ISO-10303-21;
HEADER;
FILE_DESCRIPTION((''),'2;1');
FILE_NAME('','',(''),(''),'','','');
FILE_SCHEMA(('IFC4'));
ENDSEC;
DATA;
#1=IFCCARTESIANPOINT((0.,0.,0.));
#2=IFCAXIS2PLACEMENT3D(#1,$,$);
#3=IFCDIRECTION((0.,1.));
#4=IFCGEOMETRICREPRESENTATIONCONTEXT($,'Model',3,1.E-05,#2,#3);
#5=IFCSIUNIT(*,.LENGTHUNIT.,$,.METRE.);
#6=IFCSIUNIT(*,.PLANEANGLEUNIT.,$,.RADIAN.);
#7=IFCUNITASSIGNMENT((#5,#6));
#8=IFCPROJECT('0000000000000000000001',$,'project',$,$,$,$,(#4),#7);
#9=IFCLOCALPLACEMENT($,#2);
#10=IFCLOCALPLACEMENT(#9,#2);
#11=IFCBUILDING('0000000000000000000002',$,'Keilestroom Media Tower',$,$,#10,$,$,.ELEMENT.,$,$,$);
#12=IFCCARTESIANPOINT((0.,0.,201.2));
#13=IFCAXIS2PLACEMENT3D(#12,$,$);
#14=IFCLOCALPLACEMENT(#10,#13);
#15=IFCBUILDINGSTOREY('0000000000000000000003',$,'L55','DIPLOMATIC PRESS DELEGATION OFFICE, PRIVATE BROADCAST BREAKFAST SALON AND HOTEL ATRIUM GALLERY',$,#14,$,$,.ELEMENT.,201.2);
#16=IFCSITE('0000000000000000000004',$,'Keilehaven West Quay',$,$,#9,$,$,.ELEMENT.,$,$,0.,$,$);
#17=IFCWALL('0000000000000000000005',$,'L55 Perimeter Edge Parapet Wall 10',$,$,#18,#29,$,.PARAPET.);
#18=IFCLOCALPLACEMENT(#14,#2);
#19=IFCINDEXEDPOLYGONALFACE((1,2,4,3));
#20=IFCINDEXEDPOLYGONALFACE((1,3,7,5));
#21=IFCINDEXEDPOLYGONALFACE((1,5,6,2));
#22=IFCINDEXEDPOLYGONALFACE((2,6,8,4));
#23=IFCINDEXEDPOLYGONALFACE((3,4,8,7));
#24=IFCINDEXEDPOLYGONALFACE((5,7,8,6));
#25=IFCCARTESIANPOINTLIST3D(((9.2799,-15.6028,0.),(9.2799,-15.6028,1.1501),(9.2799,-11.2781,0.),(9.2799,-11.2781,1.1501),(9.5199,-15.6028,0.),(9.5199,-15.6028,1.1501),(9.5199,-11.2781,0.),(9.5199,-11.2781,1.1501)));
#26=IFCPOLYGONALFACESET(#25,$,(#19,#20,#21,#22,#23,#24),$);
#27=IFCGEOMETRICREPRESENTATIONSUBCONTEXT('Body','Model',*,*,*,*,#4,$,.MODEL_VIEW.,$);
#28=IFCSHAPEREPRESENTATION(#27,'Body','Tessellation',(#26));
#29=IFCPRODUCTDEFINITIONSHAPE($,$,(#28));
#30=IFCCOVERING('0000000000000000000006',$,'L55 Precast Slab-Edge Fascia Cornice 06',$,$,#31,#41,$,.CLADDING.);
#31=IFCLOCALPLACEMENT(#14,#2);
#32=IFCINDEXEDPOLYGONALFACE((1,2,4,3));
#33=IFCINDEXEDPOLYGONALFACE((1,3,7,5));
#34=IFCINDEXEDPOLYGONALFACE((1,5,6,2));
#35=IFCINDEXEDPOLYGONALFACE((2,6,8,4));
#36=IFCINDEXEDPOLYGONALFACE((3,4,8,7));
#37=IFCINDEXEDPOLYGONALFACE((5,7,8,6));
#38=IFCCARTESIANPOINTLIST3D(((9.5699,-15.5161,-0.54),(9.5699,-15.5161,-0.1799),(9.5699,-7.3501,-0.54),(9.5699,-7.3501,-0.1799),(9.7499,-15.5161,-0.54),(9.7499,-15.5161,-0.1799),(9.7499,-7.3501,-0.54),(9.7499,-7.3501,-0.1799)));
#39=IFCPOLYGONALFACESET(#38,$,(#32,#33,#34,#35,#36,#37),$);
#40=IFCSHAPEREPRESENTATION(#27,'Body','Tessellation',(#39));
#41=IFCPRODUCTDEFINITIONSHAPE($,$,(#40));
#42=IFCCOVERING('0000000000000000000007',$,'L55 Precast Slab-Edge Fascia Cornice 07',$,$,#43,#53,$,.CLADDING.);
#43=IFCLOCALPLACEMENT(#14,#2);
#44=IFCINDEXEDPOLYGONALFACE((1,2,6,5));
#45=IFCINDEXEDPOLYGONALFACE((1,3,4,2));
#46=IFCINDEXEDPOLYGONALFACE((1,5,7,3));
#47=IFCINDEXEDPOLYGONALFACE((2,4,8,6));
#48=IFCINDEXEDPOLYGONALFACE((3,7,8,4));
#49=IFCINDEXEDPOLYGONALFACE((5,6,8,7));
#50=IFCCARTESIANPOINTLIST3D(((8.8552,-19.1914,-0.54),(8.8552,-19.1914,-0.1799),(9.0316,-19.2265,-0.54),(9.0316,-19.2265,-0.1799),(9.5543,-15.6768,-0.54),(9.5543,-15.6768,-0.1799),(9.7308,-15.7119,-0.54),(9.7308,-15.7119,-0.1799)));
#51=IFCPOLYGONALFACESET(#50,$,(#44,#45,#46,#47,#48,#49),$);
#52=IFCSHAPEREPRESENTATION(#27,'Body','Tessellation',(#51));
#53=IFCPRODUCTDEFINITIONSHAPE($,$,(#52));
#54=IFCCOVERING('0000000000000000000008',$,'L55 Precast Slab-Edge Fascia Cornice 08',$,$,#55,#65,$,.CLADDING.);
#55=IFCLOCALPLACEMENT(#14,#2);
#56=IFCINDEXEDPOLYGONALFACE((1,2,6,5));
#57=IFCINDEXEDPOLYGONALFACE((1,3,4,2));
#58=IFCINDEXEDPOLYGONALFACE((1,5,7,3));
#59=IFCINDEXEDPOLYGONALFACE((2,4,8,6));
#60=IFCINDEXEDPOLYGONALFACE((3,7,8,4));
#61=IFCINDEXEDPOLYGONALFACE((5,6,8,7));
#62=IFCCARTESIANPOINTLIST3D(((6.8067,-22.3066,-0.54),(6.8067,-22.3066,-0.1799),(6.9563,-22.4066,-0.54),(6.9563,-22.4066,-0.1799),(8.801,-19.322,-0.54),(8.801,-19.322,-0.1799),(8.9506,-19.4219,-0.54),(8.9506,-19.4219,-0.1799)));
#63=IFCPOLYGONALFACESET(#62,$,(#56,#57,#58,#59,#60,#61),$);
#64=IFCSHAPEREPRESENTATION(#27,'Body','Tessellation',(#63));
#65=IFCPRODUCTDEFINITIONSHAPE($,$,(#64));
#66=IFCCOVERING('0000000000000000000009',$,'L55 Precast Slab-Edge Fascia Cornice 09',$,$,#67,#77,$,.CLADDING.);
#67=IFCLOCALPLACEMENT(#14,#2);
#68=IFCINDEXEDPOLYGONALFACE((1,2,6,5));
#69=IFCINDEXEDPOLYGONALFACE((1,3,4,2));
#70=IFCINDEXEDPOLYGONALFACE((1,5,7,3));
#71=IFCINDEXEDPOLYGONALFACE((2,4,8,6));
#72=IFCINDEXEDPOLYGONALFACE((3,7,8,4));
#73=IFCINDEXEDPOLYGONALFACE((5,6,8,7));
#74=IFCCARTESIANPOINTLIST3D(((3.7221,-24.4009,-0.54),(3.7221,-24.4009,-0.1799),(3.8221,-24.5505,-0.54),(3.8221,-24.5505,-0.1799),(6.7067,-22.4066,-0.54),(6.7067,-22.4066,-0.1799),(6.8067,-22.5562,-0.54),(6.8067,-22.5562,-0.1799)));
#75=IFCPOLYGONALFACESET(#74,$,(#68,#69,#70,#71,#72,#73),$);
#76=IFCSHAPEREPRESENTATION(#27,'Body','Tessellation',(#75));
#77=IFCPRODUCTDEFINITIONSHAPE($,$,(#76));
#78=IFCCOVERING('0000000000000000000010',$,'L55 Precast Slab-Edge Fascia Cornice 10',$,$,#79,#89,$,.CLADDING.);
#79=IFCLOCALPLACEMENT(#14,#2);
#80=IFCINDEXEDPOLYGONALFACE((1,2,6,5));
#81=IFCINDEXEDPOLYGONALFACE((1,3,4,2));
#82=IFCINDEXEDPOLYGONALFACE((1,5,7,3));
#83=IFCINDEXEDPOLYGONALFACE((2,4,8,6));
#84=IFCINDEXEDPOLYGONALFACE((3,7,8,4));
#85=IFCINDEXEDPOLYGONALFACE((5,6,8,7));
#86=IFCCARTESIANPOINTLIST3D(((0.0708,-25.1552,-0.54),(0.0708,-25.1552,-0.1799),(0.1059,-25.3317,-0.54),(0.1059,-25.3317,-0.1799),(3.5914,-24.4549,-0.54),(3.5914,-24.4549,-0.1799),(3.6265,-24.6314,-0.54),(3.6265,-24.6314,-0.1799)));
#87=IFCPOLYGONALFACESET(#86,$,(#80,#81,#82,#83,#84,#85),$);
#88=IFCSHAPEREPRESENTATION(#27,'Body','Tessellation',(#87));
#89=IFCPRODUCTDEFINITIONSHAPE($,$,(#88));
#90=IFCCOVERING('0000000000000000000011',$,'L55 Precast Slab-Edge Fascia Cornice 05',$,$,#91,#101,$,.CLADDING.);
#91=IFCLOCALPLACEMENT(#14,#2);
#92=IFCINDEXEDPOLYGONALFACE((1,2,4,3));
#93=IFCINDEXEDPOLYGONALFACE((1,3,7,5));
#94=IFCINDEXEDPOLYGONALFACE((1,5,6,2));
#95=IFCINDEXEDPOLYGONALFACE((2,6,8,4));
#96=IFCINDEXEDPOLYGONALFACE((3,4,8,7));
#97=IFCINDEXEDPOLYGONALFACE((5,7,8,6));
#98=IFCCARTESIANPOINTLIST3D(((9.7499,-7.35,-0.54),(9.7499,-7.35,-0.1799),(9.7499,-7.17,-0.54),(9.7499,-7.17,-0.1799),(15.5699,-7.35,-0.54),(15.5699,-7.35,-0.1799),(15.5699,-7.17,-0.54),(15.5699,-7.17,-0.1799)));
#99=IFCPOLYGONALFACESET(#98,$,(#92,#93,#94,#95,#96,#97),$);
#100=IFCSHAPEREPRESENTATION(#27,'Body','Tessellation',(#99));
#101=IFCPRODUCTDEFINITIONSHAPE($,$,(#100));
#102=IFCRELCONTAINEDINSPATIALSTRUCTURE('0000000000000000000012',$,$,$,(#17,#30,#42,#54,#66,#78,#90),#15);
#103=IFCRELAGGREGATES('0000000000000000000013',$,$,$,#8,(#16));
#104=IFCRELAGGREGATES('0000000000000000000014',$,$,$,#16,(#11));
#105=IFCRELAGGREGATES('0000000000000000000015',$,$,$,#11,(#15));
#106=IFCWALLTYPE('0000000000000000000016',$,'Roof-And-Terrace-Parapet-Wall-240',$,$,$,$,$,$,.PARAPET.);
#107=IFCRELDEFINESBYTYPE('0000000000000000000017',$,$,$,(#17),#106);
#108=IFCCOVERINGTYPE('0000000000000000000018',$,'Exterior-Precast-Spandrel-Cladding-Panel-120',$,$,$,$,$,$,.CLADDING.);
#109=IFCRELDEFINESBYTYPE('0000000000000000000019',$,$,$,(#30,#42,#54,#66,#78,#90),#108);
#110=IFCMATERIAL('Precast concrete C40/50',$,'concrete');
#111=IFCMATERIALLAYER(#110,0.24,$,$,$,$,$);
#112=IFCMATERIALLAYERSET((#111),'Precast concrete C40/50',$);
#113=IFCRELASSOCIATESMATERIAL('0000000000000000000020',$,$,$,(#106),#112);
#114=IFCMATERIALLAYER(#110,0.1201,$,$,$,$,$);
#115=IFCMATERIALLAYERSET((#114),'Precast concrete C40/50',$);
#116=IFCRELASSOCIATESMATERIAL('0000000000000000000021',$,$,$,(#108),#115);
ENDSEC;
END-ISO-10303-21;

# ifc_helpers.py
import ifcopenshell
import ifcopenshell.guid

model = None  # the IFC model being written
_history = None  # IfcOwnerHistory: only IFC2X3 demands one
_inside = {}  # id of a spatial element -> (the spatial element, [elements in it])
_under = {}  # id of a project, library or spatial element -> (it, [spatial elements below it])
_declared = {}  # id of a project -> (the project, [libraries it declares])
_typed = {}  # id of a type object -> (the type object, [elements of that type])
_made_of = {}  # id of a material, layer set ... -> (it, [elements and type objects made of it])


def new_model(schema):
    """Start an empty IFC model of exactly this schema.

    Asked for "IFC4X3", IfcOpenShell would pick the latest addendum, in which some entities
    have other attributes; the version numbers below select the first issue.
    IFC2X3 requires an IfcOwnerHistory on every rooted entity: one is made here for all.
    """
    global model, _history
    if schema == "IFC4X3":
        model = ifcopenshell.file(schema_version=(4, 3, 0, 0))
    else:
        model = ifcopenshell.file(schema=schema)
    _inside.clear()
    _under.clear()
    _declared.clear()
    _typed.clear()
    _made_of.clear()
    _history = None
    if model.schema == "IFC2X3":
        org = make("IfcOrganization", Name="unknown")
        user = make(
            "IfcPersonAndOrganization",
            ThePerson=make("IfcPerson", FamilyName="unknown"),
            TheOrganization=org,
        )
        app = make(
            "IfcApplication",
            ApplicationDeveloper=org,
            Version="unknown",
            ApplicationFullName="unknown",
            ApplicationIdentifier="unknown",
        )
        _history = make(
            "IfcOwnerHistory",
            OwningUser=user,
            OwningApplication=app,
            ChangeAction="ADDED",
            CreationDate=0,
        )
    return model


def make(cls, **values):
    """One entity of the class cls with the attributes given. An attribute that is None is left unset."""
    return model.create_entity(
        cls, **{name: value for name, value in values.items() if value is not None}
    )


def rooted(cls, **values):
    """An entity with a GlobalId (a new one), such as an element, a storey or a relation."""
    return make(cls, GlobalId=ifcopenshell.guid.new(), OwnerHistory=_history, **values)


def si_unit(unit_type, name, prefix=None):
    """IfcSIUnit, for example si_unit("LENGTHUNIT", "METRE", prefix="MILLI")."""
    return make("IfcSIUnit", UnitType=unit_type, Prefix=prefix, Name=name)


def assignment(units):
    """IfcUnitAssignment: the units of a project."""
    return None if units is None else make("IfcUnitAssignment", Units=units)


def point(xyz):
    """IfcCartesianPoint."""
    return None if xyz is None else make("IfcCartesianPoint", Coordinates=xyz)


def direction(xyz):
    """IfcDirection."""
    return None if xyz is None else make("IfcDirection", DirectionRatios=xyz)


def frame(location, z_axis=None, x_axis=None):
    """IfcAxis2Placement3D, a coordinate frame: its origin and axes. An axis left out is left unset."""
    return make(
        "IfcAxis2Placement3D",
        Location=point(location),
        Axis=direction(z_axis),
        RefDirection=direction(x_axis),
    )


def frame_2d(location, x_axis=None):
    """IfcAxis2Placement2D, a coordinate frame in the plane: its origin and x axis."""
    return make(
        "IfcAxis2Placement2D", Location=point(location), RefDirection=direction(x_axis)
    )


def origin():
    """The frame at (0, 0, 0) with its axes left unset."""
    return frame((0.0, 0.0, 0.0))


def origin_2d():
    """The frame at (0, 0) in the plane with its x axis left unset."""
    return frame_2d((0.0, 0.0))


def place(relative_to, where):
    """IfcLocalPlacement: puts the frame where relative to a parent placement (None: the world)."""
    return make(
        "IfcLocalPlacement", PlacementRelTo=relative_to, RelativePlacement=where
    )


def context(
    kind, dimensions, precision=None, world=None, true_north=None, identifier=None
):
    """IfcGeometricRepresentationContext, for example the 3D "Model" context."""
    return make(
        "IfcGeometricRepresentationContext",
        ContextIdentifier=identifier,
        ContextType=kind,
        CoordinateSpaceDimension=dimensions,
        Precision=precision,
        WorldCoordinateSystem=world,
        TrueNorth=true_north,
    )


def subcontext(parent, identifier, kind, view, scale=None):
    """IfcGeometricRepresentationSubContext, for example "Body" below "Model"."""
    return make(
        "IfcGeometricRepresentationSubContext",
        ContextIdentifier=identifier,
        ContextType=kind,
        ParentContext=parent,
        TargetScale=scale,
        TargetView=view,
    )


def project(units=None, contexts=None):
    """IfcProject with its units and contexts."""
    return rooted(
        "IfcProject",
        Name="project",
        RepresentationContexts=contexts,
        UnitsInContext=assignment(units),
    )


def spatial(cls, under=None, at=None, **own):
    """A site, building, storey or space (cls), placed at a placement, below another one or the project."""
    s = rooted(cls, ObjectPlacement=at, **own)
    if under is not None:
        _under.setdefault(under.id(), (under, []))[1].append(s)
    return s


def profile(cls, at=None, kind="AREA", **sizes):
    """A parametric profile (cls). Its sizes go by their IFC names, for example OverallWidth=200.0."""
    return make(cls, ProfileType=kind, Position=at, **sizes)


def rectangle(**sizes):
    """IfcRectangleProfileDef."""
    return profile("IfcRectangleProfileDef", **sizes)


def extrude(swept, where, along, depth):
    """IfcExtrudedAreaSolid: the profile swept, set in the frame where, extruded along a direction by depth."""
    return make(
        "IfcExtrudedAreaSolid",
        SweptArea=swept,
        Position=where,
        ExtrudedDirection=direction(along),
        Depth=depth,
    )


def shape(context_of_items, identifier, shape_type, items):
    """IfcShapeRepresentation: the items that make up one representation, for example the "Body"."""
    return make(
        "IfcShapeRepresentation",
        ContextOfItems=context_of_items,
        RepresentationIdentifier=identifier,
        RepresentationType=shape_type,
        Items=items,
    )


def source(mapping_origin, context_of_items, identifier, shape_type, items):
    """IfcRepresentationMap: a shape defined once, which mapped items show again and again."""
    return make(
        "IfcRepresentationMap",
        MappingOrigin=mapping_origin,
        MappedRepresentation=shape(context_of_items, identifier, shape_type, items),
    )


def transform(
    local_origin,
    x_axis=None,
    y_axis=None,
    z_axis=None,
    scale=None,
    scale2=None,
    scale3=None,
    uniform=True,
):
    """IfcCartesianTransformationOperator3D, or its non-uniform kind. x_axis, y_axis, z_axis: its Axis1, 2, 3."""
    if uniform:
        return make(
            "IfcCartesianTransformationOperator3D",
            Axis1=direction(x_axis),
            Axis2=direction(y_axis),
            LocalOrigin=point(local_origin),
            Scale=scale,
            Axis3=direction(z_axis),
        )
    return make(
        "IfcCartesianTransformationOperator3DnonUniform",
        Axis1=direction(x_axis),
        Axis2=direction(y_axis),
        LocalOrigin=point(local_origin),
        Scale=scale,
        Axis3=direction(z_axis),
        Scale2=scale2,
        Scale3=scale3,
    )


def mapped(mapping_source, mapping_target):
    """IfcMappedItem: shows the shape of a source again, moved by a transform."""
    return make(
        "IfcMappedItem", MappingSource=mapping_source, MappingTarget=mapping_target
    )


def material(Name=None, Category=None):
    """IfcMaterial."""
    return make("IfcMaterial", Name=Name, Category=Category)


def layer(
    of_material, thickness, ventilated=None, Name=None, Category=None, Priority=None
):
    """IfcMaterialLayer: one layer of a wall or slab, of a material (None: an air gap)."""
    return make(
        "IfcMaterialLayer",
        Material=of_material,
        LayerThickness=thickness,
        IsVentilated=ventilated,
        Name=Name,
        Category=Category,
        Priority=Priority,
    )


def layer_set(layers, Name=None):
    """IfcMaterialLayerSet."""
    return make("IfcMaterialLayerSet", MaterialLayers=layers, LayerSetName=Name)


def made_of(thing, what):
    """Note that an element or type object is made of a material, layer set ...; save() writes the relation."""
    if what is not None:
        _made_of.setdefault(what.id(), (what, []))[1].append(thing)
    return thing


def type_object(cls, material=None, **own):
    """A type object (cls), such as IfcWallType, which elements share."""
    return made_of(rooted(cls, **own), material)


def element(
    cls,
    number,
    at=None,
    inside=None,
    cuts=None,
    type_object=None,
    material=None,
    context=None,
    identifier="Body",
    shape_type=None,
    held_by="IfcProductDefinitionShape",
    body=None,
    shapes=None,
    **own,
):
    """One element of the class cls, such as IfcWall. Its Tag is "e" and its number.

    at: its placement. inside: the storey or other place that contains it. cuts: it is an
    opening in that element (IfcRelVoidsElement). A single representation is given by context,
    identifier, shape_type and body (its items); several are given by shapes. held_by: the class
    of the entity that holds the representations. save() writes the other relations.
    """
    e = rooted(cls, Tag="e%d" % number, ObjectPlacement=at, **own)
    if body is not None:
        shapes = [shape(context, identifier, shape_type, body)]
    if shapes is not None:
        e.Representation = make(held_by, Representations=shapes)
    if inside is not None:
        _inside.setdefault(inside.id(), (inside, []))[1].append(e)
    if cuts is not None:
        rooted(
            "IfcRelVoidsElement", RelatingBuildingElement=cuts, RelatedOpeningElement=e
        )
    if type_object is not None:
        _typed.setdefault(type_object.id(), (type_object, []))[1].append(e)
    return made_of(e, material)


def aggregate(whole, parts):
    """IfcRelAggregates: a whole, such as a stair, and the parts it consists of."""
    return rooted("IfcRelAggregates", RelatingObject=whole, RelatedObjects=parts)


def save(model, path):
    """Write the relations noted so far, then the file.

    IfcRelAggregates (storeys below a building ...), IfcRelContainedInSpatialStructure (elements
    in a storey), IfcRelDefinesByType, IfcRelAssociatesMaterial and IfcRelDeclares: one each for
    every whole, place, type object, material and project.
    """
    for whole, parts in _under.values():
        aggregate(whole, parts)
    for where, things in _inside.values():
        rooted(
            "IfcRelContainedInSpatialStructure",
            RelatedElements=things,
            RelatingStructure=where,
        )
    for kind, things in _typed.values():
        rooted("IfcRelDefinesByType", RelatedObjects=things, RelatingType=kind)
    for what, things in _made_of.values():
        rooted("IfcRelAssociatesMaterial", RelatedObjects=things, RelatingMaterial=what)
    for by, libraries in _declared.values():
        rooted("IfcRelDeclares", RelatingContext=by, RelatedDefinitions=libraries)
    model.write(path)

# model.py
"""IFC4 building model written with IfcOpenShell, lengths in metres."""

from ifc_helpers import new_model, si_unit, direction, frame, frame_2d, origin, origin_2d, place, context, subcontext, project, spatial, rectangle, extrude, source, transform, mapped, material, layer, layer_set, type_object, element, save


model = new_model("IFC4")

# Units and contexts
model_context = context("Model", 3, precision=1e-05, world=origin(), true_north=direction((0.0, 1.0)))
body_context = subcontext(model_context, "Body", "Model", "MODEL_VIEW")
ifc_project = project(units=[si_unit("LENGTHUNIT", "METRE"), si_unit("PLANEANGLEUNIT", "RADIAN")], contexts=[model_context])

# Site, building, storey
site_placement = place(None, origin())
site = spatial("IfcSite", under=ifc_project, at=site_placement, Name="Keilehaven West Quay", CompositionType="ELEMENT", RefElevation=0.0)
building_placement = place(site_placement, origin())
building = spatial("IfcBuilding", under=site, at=building_placement, Name="Keilestroom Media Tower", CompositionType="ELEMENT")
storey_placement = place(building_placement, frame((0.0, 0.0, 201.2)))
storey = spatial("IfcBuildingStorey", under=building, at=storey_placement, Name="L55", Description="DIPLOMATIC PRESS DELEGATION OFFICE, PRIVATE BROADCAST BREAKFAST SALON AND HOTEL ATRIUM GALLERY", CompositionType="ELEMENT", Elevation=201.2)

# Shared definitions
ifc_material_1 = material(Name="Precast concrete C40/50", Category="concrete")

# Wall
ifc_layer_1 = layer(ifc_material_1, 0.24)
ifc_layer_set_1 = layer_set([ifc_layer_1], Name="Precast concrete C40/50")
wall_type_1 = type_object("IfcWallType", Name="Roof-And-Terrace-Parapet-Wall-240", PredefinedType="PARAPET", material=ifc_layer_set_1)
wall_1_placement = place(storey_placement, frame((9.3999, -11.2781, 0.0), z_axis=(0.0, 0.0, 1.0), x_axis=(0.0, -1.0, 0.0)))
element("IfcWall", 1, at=wall_1_placement, inside=storey, type_object=wall_type_1, Name="L55 Perimeter Edge Parapet Wall 10", PredefinedType="PARAPET", context=body_context, shape_type="SweptSolid", body=[
    extrude(rectangle(XDim=4.3247, YDim=0.24, at=frame_2d((2.1624, 0.0))), origin(), (0.0, 0.0, 1.0), 1.1501),
])

# Coverings
ifc_layer_2 = layer(ifc_material_1, 0.1201)
ifc_layer_set_2 = layer_set([ifc_layer_2], Name="Precast concrete C40/50")
covering_type = type_object("IfcCoveringType", Name="Exterior-Precast-Spandrel-Cladding-Panel-120", PredefinedType="CLADDING", material=ifc_layer_set_2)
shared_shape_1 = source(origin(), body_context, "Body", "SweptSolid", [
    extrude(rectangle(XDim=8.166, YDim=0.1799, at=origin_2d()), origin(), (0.0, 0.0, 1.0), 0.3601),
])
covering_1_placement = place(storey_placement, frame((9.6599, -11.4331, -0.54), z_axis=(0.0, 0.0, 1.0), x_axis=(0.0, -1.0, 0.0)))
element("IfcCovering", 2, at=covering_1_placement, inside=storey, type_object=covering_type, Name="L55 Precast Slab-Edge Fascia Cornice 06", PredefinedType="CLADDING", context=body_context, shape_type="MappedRepresentation", body=[
    mapped(shared_shape_1, transform((0.0, 0.0, 0.0), x_axis=(1.0, 0.0, 0.0), y_axis=(0.0, 1.0, 0.0), z_axis=(0.0, 0.0, 1.0), scale=1.0)),
])
shared_shape_2 = source(origin(), body_context, "Body", "SweptSolid", [
    extrude(rectangle(XDim=3.5835, YDim=0.1799, at=origin_2d()), origin(), (0.0, 0.0, 1.0), 0.3601),
])
covering_2_placement = place(storey_placement, frame((9.293, -17.4517, -0.54), z_axis=(0.0, 0.0, 1.0), x_axis=(-0.195099, -0.980784, 0.0)))
element("IfcCovering", 3, at=covering_2_placement, inside=storey, type_object=covering_type, Name="L55 Precast Slab-Edge Fascia Cornice 07", PredefinedType="CLADDING", context=body_context, shape_type="MappedRepresentation", body=[
    mapped(shared_shape_2, transform((0.0, 0.0, 0.0), x_axis=(1.0, 0.0, 0.0), y_axis=(0.0, 1.0, 0.0), z_axis=(0.0, 0.0, 1.0), scale=1.0)),
])
shared_shape_3 = source(origin(), body_context, "Body", "SweptSolid", [
    extrude(rectangle(XDim=3.5896, YDim=0.1799, at=origin_2d()), origin(), (0.0, 0.0, 1.0), 0.3601),
])
for number, where, z_axis, x_axis, name in (
    (4, (7.8787, -20.8643, -0.54), (0.0, 0.0, 1.0), (-0.555575, -0.831467, 0.0), "L55 Precast Slab-Edge Fascia Cornice 08"),
    (5, (5.2644, -23.4785, -0.54), (0.0, 0.0, 1.0), (-0.831467, -0.555575, 0.0), "L55 Precast Slab-Edge Fascia Cornice 09"),
    (6, (1.8486, -24.8933, -0.54), (0.0, 0.0, 1.0), (-0.980784, -0.195099, 0.0), "L55 Precast Slab-Edge Fascia Cornice 10"),
):
    element("IfcCovering", number, at=place(storey_placement, frame(where, z_axis=z_axis, x_axis=x_axis)), inside=storey, type_object=covering_type, Name=name, PredefinedType="CLADDING", context=body_context, shape_type="MappedRepresentation", body=[
        mapped(shared_shape_3, transform((0.0, 0.0, 0.0), x_axis=(1.0, 0.0, 0.0), y_axis=(0.0, 1.0, 0.0), z_axis=(0.0, 0.0, 1.0), scale=1.0)),
    ])
shared_shape_4 = source(origin(), body_context, "Body", "SweptSolid", [
    extrude(rectangle(XDim=5.8201, YDim=0.1799, at=origin_2d()), origin(), (0.0, 0.0, 1.0), 0.3601),
])
covering_3_placement = place(storey_placement, frame((12.6599, -7.26, -0.54), z_axis=(0.0, 0.0, 1.0), x_axis=(-1.0, 0.0, 0.0)))
element("IfcCovering", 7, at=covering_3_placement, inside=storey, type_object=covering_type, Name="L55 Precast Slab-Edge Fascia Cornice 05", PredefinedType="CLADDING", context=body_context, shape_type="MappedRepresentation", body=[
    mapped(shared_shape_4, transform((0.0, 0.0, 0.0), x_axis=(1.0, 0.0, 0.0), y_axis=(0.0, 1.0, 0.0), z_axis=(0.0, 0.0, 1.0), scale=1.0)),
])

save(model, "model.ifc")
